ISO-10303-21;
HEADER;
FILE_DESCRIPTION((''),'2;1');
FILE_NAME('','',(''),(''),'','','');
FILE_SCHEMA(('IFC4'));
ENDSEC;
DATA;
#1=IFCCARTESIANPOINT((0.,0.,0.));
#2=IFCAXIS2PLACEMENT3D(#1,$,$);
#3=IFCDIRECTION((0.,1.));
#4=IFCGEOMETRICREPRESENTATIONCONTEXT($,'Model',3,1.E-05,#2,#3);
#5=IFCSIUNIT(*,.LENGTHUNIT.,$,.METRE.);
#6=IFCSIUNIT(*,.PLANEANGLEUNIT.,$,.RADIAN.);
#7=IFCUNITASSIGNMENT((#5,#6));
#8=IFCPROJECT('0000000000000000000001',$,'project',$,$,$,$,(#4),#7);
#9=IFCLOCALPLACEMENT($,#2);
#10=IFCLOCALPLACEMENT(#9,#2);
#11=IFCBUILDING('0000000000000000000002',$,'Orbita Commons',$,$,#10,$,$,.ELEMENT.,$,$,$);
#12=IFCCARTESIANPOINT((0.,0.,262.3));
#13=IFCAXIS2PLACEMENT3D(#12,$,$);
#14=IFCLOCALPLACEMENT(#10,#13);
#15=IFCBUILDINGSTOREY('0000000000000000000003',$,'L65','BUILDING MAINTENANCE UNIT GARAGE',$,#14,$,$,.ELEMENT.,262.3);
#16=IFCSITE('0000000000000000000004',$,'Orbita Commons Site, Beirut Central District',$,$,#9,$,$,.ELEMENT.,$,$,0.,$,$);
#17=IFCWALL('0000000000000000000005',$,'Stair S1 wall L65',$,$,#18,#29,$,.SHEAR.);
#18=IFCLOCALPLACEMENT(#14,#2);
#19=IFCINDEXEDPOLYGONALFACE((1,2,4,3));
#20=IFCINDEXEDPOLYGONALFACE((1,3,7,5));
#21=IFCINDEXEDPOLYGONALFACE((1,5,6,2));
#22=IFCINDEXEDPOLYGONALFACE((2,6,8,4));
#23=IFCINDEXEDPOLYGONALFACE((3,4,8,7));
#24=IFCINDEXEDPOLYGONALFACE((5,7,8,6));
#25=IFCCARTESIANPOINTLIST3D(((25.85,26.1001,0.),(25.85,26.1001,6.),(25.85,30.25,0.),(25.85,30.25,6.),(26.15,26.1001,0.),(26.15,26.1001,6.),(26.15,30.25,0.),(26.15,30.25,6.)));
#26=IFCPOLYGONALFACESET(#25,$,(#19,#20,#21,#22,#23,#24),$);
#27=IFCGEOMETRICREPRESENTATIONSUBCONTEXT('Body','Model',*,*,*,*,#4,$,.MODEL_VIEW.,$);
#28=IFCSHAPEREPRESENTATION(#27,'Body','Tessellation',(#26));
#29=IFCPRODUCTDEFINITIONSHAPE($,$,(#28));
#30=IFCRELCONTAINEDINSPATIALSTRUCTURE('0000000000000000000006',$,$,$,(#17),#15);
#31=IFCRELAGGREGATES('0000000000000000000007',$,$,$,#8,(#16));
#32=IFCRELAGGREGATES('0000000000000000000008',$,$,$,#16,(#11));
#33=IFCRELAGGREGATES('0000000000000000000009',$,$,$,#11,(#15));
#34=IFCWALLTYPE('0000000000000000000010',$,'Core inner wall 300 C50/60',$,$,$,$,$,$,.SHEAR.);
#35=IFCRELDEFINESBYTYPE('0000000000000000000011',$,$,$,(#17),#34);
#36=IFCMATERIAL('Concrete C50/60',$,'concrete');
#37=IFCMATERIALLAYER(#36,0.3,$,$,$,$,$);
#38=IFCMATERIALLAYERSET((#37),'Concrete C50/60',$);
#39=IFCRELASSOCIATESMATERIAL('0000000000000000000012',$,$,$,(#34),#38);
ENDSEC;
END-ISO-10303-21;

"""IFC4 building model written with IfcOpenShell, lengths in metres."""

from ifc_helpers import new_model, si_unit, direction, frame, frame_2d, origin, place, context, subcontext, project, spatial, rectangle, extrude, material, layer, layer_set, type_object, element, save


model = new_model("IFC4")

# Units and contexts
model_context = context("Model", 3, precision=1e-05, world=origin(), true_north=direction((0.0, 1.0)))
body_context = subcontext(model_context, "Body", "Model", "MODEL_VIEW")
ifc_project = project(units=[si_unit("LENGTHUNIT", "METRE"), si_unit("PLANEANGLEUNIT", "RADIAN")], contexts=[model_context])

# Site, building, storey
site_placement = place(None, origin())
site = spatial("IfcSite", under=ifc_project, at=site_placement, Name="Orbita Commons Site, Beirut Central District", CompositionType="ELEMENT", RefElevation=0.0)
building_placement = place(site_placement, origin())
building = spatial("IfcBuilding", under=site, at=building_placement, Name="Orbita Commons", CompositionType="ELEMENT")
storey_placement = place(building_placement, frame((0.0, 0.0, 262.3)))
storey = spatial("IfcBuildingStorey", under=building, at=storey_placement, Name="L65", Description="BUILDING MAINTENANCE UNIT GARAGE", CompositionType="ELEMENT", Elevation=262.3)

# Wall
ifc_material_1 = material(Name="Concrete C50/60", Category="concrete")
ifc_layer_1 = layer(ifc_material_1, 0.3)
ifc_layer_set_1 = layer_set([ifc_layer_1], Name="Concrete C50/60")
wall_type_1 = type_object("IfcWallType", Name="Core inner wall 300 C50/60", PredefinedType="SHEAR", material=ifc_layer_set_1)
wall_1_placement = place(storey_placement, frame((26.0, 26.1001, 0.0), z_axis=(0.0, 0.0, 1.0), x_axis=(0.0, 1.0, 0.0)))
element("IfcWall", 1, at=wall_1_placement, inside=storey, type_object=wall_type_1, Name="Stair S1 wall L65", PredefinedType="SHEAR", context=body_context, shape_type="SweptSolid", body=[
    extrude(rectangle(XDim=4.1499, YDim=0.3, at=frame_2d((2.075, 0.0))), origin(), (0.0, 0.0, 1.0), 6.0),
])

save(model, "model.ifc")
